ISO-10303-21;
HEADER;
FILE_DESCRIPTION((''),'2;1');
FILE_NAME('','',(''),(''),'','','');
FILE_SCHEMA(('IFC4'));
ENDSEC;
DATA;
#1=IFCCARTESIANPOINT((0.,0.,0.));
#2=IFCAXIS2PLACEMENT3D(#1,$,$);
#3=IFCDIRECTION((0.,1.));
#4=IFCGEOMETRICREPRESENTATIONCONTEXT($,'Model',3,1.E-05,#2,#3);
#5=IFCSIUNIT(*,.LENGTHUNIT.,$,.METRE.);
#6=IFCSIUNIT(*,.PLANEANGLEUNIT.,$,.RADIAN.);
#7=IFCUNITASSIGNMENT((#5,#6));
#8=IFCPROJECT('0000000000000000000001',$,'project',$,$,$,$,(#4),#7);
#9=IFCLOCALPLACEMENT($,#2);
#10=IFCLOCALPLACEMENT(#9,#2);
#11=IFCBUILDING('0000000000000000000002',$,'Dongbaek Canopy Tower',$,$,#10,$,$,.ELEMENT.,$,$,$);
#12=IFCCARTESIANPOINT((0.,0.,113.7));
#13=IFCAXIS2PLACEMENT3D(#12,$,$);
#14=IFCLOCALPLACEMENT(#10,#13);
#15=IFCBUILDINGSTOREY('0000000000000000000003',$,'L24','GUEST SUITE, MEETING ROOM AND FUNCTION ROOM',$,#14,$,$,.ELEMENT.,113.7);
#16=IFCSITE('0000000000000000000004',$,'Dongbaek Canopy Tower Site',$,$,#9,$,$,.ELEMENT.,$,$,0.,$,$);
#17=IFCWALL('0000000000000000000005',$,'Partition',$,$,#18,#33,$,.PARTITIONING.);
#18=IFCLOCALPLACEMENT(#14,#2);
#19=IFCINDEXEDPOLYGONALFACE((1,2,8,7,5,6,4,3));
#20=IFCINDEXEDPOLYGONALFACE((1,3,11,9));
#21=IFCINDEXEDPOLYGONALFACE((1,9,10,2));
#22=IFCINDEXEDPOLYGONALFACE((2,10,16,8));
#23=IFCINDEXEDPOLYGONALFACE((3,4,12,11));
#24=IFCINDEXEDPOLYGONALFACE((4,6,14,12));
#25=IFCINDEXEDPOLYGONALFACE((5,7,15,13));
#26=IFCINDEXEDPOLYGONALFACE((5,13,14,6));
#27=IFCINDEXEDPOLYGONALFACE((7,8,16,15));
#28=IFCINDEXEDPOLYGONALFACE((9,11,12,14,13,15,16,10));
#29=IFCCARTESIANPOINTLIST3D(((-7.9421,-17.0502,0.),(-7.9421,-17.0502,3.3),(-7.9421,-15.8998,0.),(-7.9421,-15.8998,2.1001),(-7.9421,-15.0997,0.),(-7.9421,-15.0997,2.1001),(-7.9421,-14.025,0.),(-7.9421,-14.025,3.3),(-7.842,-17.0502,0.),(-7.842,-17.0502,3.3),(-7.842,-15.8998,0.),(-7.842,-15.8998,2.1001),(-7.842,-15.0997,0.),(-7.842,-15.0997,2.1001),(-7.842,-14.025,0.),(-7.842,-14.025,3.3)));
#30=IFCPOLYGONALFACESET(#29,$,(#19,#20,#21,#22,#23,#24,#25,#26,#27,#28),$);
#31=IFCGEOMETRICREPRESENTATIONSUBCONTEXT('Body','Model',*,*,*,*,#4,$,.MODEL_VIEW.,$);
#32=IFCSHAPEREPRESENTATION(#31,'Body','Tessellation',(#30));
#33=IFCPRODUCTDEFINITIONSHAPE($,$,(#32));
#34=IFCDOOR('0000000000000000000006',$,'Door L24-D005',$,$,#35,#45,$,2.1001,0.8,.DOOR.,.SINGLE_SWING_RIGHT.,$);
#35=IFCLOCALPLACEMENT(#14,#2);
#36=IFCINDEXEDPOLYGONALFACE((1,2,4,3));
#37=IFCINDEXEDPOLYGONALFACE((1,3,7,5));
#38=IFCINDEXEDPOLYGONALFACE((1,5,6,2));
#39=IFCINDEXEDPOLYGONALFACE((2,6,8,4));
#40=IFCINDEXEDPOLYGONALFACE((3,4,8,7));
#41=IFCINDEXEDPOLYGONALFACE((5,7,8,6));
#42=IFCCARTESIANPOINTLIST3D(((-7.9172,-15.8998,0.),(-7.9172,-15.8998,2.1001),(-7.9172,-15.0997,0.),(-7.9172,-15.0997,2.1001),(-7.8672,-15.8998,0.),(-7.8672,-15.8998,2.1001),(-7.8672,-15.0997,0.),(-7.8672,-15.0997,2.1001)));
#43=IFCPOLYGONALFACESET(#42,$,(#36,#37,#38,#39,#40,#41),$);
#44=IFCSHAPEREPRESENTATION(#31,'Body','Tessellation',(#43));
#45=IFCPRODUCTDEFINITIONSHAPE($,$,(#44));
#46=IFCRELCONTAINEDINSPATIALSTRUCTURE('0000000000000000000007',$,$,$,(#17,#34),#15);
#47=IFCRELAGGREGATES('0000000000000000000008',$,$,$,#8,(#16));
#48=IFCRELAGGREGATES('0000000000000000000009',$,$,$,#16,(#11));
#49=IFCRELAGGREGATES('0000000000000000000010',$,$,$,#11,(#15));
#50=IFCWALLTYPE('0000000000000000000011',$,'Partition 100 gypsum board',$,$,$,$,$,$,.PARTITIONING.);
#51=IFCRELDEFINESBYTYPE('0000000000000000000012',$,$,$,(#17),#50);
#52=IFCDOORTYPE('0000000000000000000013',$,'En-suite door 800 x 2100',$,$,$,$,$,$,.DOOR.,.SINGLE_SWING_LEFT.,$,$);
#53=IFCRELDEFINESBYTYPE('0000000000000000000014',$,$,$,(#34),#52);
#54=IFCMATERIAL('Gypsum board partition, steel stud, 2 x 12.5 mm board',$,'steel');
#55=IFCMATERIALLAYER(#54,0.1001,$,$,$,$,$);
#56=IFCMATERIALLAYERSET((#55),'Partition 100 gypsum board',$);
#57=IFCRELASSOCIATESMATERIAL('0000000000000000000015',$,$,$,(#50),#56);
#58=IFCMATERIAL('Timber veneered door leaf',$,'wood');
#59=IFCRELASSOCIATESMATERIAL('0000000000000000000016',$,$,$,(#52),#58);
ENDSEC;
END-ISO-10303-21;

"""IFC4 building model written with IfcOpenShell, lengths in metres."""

from ifc_helpers import new_model, si_unit, direction, frame, frame_2d, origin, place, context, subcontext, project, spatial, rectangle, extrude, material, layer, layer_set, type_object, element, fill, save


model = new_model("IFC4")

# Units and contexts
model_context = context("Model", 3, precision=1e-05, world=origin(), true_north=direction((0.0, 1.0)))
body_context = subcontext(model_context, "Body", "Model", "MODEL_VIEW")
ifc_project = project(units=[si_unit("LENGTHUNIT", "METRE"), si_unit("PLANEANGLEUNIT", "RADIAN")], contexts=[model_context])

# Site, building, storey
site_placement = place(None, origin())
site = spatial("IfcSite", under=ifc_project, at=site_placement, Name="Dongbaek Canopy Tower Site", CompositionType="ELEMENT", RefElevation=0.0)
building_placement = place(site_placement, origin())
building = spatial("IfcBuilding", under=site, at=building_placement, Name="Dongbaek Canopy Tower", CompositionType="ELEMENT")
storey_placement = place(building_placement, frame((0.0, 0.0, 113.7)))
storey = spatial("IfcBuildingStorey", under=building, at=storey_placement, Name="L24", Description="GUEST SUITE, MEETING ROOM AND FUNCTION ROOM", CompositionType="ELEMENT", Elevation=113.7)

# Shared definitions
ifc_material_1 = material(Name="Gypsum board partition, steel stud, 2 x 12.5 mm board", Category="steel")
ifc_layer_1 = layer(ifc_material_1, 0.1001)
ifc_layer_set_1 = layer_set([ifc_layer_1], Name="Partition 100 gypsum board")
wall_type_1 = type_object("IfcWallType", Name="Partition 100 gypsum board", PredefinedType="PARTITIONING", material=ifc_layer_set_1)

# Shared definitions
ifc_material_2 = material(Name="Timber veneered door leaf", Category="wood")
door_type = type_object("IfcDoorType", Name="En-suite door 800 x 2100", OperationType="SINGLE_SWING_LEFT", PredefinedType="DOOR", material=ifc_material_2)

# Wall, opening, door
wall_1_placement = place(storey_placement, frame((-7.8921, -14.0249, 0.0), z_axis=(0.0, 0.0, 1.0), x_axis=(0.0, -1.0, 0.0)))
wall_1 = element("IfcWall", 1, at=wall_1_placement, inside=storey, type_object=wall_type_1, Name="Partition", PredefinedType="PARTITIONING", context=body_context, shape_type="SweptSolid", body=[
    extrude(rectangle(XDim=3.0251, YDim=0.1001, at=frame_2d((1.5127, 0.0))), origin(), (0.0, 0.0, 1.0), 3.3),
])
opening_1_placement = place(wall_1_placement, frame((1.075, 0.0, 0.0)))
opening_1 = element("IfcOpeningElement", 2, at=opening_1_placement, cuts=wall_1, PredefinedType="OPENING", context=body_context, shape_type="SweptSolid", body=[
    extrude(rectangle(XDim=0.8, YDim=2.1001, at=frame_2d((0.3999, 1.05))), frame((0.0, 0.0601, 0.0), z_axis=(0.0, -1.0, 0.0), x_axis=(1.0, 0.0, 0.0)), (0.0, 0.0, 1.0), 0.1201),
])
door_1_placement = place(opening_1_placement, origin())
door_1 = element("IfcDoor", 3, at=door_1_placement, inside=storey, type_object=door_type, Name="Door L24-D005", OperationType="SINGLE_SWING_RIGHT", OverallHeight=2.1001, OverallWidth=0.8, PredefinedType="DOOR", context=body_context, shape_type="SweptSolid", body=[
    extrude(rectangle(XDim=0.8, YDim=2.1001, at=frame_2d((0.3999, 1.05))), frame((0.0, 0.0249, 0.0), z_axis=(0.0, -1.0, 0.0), x_axis=(1.0, 0.0, 0.0)), (0.0, 0.0, 1.0), 0.05),
])
fill(opening_1, door_1)

save(model, "model.ifc")
